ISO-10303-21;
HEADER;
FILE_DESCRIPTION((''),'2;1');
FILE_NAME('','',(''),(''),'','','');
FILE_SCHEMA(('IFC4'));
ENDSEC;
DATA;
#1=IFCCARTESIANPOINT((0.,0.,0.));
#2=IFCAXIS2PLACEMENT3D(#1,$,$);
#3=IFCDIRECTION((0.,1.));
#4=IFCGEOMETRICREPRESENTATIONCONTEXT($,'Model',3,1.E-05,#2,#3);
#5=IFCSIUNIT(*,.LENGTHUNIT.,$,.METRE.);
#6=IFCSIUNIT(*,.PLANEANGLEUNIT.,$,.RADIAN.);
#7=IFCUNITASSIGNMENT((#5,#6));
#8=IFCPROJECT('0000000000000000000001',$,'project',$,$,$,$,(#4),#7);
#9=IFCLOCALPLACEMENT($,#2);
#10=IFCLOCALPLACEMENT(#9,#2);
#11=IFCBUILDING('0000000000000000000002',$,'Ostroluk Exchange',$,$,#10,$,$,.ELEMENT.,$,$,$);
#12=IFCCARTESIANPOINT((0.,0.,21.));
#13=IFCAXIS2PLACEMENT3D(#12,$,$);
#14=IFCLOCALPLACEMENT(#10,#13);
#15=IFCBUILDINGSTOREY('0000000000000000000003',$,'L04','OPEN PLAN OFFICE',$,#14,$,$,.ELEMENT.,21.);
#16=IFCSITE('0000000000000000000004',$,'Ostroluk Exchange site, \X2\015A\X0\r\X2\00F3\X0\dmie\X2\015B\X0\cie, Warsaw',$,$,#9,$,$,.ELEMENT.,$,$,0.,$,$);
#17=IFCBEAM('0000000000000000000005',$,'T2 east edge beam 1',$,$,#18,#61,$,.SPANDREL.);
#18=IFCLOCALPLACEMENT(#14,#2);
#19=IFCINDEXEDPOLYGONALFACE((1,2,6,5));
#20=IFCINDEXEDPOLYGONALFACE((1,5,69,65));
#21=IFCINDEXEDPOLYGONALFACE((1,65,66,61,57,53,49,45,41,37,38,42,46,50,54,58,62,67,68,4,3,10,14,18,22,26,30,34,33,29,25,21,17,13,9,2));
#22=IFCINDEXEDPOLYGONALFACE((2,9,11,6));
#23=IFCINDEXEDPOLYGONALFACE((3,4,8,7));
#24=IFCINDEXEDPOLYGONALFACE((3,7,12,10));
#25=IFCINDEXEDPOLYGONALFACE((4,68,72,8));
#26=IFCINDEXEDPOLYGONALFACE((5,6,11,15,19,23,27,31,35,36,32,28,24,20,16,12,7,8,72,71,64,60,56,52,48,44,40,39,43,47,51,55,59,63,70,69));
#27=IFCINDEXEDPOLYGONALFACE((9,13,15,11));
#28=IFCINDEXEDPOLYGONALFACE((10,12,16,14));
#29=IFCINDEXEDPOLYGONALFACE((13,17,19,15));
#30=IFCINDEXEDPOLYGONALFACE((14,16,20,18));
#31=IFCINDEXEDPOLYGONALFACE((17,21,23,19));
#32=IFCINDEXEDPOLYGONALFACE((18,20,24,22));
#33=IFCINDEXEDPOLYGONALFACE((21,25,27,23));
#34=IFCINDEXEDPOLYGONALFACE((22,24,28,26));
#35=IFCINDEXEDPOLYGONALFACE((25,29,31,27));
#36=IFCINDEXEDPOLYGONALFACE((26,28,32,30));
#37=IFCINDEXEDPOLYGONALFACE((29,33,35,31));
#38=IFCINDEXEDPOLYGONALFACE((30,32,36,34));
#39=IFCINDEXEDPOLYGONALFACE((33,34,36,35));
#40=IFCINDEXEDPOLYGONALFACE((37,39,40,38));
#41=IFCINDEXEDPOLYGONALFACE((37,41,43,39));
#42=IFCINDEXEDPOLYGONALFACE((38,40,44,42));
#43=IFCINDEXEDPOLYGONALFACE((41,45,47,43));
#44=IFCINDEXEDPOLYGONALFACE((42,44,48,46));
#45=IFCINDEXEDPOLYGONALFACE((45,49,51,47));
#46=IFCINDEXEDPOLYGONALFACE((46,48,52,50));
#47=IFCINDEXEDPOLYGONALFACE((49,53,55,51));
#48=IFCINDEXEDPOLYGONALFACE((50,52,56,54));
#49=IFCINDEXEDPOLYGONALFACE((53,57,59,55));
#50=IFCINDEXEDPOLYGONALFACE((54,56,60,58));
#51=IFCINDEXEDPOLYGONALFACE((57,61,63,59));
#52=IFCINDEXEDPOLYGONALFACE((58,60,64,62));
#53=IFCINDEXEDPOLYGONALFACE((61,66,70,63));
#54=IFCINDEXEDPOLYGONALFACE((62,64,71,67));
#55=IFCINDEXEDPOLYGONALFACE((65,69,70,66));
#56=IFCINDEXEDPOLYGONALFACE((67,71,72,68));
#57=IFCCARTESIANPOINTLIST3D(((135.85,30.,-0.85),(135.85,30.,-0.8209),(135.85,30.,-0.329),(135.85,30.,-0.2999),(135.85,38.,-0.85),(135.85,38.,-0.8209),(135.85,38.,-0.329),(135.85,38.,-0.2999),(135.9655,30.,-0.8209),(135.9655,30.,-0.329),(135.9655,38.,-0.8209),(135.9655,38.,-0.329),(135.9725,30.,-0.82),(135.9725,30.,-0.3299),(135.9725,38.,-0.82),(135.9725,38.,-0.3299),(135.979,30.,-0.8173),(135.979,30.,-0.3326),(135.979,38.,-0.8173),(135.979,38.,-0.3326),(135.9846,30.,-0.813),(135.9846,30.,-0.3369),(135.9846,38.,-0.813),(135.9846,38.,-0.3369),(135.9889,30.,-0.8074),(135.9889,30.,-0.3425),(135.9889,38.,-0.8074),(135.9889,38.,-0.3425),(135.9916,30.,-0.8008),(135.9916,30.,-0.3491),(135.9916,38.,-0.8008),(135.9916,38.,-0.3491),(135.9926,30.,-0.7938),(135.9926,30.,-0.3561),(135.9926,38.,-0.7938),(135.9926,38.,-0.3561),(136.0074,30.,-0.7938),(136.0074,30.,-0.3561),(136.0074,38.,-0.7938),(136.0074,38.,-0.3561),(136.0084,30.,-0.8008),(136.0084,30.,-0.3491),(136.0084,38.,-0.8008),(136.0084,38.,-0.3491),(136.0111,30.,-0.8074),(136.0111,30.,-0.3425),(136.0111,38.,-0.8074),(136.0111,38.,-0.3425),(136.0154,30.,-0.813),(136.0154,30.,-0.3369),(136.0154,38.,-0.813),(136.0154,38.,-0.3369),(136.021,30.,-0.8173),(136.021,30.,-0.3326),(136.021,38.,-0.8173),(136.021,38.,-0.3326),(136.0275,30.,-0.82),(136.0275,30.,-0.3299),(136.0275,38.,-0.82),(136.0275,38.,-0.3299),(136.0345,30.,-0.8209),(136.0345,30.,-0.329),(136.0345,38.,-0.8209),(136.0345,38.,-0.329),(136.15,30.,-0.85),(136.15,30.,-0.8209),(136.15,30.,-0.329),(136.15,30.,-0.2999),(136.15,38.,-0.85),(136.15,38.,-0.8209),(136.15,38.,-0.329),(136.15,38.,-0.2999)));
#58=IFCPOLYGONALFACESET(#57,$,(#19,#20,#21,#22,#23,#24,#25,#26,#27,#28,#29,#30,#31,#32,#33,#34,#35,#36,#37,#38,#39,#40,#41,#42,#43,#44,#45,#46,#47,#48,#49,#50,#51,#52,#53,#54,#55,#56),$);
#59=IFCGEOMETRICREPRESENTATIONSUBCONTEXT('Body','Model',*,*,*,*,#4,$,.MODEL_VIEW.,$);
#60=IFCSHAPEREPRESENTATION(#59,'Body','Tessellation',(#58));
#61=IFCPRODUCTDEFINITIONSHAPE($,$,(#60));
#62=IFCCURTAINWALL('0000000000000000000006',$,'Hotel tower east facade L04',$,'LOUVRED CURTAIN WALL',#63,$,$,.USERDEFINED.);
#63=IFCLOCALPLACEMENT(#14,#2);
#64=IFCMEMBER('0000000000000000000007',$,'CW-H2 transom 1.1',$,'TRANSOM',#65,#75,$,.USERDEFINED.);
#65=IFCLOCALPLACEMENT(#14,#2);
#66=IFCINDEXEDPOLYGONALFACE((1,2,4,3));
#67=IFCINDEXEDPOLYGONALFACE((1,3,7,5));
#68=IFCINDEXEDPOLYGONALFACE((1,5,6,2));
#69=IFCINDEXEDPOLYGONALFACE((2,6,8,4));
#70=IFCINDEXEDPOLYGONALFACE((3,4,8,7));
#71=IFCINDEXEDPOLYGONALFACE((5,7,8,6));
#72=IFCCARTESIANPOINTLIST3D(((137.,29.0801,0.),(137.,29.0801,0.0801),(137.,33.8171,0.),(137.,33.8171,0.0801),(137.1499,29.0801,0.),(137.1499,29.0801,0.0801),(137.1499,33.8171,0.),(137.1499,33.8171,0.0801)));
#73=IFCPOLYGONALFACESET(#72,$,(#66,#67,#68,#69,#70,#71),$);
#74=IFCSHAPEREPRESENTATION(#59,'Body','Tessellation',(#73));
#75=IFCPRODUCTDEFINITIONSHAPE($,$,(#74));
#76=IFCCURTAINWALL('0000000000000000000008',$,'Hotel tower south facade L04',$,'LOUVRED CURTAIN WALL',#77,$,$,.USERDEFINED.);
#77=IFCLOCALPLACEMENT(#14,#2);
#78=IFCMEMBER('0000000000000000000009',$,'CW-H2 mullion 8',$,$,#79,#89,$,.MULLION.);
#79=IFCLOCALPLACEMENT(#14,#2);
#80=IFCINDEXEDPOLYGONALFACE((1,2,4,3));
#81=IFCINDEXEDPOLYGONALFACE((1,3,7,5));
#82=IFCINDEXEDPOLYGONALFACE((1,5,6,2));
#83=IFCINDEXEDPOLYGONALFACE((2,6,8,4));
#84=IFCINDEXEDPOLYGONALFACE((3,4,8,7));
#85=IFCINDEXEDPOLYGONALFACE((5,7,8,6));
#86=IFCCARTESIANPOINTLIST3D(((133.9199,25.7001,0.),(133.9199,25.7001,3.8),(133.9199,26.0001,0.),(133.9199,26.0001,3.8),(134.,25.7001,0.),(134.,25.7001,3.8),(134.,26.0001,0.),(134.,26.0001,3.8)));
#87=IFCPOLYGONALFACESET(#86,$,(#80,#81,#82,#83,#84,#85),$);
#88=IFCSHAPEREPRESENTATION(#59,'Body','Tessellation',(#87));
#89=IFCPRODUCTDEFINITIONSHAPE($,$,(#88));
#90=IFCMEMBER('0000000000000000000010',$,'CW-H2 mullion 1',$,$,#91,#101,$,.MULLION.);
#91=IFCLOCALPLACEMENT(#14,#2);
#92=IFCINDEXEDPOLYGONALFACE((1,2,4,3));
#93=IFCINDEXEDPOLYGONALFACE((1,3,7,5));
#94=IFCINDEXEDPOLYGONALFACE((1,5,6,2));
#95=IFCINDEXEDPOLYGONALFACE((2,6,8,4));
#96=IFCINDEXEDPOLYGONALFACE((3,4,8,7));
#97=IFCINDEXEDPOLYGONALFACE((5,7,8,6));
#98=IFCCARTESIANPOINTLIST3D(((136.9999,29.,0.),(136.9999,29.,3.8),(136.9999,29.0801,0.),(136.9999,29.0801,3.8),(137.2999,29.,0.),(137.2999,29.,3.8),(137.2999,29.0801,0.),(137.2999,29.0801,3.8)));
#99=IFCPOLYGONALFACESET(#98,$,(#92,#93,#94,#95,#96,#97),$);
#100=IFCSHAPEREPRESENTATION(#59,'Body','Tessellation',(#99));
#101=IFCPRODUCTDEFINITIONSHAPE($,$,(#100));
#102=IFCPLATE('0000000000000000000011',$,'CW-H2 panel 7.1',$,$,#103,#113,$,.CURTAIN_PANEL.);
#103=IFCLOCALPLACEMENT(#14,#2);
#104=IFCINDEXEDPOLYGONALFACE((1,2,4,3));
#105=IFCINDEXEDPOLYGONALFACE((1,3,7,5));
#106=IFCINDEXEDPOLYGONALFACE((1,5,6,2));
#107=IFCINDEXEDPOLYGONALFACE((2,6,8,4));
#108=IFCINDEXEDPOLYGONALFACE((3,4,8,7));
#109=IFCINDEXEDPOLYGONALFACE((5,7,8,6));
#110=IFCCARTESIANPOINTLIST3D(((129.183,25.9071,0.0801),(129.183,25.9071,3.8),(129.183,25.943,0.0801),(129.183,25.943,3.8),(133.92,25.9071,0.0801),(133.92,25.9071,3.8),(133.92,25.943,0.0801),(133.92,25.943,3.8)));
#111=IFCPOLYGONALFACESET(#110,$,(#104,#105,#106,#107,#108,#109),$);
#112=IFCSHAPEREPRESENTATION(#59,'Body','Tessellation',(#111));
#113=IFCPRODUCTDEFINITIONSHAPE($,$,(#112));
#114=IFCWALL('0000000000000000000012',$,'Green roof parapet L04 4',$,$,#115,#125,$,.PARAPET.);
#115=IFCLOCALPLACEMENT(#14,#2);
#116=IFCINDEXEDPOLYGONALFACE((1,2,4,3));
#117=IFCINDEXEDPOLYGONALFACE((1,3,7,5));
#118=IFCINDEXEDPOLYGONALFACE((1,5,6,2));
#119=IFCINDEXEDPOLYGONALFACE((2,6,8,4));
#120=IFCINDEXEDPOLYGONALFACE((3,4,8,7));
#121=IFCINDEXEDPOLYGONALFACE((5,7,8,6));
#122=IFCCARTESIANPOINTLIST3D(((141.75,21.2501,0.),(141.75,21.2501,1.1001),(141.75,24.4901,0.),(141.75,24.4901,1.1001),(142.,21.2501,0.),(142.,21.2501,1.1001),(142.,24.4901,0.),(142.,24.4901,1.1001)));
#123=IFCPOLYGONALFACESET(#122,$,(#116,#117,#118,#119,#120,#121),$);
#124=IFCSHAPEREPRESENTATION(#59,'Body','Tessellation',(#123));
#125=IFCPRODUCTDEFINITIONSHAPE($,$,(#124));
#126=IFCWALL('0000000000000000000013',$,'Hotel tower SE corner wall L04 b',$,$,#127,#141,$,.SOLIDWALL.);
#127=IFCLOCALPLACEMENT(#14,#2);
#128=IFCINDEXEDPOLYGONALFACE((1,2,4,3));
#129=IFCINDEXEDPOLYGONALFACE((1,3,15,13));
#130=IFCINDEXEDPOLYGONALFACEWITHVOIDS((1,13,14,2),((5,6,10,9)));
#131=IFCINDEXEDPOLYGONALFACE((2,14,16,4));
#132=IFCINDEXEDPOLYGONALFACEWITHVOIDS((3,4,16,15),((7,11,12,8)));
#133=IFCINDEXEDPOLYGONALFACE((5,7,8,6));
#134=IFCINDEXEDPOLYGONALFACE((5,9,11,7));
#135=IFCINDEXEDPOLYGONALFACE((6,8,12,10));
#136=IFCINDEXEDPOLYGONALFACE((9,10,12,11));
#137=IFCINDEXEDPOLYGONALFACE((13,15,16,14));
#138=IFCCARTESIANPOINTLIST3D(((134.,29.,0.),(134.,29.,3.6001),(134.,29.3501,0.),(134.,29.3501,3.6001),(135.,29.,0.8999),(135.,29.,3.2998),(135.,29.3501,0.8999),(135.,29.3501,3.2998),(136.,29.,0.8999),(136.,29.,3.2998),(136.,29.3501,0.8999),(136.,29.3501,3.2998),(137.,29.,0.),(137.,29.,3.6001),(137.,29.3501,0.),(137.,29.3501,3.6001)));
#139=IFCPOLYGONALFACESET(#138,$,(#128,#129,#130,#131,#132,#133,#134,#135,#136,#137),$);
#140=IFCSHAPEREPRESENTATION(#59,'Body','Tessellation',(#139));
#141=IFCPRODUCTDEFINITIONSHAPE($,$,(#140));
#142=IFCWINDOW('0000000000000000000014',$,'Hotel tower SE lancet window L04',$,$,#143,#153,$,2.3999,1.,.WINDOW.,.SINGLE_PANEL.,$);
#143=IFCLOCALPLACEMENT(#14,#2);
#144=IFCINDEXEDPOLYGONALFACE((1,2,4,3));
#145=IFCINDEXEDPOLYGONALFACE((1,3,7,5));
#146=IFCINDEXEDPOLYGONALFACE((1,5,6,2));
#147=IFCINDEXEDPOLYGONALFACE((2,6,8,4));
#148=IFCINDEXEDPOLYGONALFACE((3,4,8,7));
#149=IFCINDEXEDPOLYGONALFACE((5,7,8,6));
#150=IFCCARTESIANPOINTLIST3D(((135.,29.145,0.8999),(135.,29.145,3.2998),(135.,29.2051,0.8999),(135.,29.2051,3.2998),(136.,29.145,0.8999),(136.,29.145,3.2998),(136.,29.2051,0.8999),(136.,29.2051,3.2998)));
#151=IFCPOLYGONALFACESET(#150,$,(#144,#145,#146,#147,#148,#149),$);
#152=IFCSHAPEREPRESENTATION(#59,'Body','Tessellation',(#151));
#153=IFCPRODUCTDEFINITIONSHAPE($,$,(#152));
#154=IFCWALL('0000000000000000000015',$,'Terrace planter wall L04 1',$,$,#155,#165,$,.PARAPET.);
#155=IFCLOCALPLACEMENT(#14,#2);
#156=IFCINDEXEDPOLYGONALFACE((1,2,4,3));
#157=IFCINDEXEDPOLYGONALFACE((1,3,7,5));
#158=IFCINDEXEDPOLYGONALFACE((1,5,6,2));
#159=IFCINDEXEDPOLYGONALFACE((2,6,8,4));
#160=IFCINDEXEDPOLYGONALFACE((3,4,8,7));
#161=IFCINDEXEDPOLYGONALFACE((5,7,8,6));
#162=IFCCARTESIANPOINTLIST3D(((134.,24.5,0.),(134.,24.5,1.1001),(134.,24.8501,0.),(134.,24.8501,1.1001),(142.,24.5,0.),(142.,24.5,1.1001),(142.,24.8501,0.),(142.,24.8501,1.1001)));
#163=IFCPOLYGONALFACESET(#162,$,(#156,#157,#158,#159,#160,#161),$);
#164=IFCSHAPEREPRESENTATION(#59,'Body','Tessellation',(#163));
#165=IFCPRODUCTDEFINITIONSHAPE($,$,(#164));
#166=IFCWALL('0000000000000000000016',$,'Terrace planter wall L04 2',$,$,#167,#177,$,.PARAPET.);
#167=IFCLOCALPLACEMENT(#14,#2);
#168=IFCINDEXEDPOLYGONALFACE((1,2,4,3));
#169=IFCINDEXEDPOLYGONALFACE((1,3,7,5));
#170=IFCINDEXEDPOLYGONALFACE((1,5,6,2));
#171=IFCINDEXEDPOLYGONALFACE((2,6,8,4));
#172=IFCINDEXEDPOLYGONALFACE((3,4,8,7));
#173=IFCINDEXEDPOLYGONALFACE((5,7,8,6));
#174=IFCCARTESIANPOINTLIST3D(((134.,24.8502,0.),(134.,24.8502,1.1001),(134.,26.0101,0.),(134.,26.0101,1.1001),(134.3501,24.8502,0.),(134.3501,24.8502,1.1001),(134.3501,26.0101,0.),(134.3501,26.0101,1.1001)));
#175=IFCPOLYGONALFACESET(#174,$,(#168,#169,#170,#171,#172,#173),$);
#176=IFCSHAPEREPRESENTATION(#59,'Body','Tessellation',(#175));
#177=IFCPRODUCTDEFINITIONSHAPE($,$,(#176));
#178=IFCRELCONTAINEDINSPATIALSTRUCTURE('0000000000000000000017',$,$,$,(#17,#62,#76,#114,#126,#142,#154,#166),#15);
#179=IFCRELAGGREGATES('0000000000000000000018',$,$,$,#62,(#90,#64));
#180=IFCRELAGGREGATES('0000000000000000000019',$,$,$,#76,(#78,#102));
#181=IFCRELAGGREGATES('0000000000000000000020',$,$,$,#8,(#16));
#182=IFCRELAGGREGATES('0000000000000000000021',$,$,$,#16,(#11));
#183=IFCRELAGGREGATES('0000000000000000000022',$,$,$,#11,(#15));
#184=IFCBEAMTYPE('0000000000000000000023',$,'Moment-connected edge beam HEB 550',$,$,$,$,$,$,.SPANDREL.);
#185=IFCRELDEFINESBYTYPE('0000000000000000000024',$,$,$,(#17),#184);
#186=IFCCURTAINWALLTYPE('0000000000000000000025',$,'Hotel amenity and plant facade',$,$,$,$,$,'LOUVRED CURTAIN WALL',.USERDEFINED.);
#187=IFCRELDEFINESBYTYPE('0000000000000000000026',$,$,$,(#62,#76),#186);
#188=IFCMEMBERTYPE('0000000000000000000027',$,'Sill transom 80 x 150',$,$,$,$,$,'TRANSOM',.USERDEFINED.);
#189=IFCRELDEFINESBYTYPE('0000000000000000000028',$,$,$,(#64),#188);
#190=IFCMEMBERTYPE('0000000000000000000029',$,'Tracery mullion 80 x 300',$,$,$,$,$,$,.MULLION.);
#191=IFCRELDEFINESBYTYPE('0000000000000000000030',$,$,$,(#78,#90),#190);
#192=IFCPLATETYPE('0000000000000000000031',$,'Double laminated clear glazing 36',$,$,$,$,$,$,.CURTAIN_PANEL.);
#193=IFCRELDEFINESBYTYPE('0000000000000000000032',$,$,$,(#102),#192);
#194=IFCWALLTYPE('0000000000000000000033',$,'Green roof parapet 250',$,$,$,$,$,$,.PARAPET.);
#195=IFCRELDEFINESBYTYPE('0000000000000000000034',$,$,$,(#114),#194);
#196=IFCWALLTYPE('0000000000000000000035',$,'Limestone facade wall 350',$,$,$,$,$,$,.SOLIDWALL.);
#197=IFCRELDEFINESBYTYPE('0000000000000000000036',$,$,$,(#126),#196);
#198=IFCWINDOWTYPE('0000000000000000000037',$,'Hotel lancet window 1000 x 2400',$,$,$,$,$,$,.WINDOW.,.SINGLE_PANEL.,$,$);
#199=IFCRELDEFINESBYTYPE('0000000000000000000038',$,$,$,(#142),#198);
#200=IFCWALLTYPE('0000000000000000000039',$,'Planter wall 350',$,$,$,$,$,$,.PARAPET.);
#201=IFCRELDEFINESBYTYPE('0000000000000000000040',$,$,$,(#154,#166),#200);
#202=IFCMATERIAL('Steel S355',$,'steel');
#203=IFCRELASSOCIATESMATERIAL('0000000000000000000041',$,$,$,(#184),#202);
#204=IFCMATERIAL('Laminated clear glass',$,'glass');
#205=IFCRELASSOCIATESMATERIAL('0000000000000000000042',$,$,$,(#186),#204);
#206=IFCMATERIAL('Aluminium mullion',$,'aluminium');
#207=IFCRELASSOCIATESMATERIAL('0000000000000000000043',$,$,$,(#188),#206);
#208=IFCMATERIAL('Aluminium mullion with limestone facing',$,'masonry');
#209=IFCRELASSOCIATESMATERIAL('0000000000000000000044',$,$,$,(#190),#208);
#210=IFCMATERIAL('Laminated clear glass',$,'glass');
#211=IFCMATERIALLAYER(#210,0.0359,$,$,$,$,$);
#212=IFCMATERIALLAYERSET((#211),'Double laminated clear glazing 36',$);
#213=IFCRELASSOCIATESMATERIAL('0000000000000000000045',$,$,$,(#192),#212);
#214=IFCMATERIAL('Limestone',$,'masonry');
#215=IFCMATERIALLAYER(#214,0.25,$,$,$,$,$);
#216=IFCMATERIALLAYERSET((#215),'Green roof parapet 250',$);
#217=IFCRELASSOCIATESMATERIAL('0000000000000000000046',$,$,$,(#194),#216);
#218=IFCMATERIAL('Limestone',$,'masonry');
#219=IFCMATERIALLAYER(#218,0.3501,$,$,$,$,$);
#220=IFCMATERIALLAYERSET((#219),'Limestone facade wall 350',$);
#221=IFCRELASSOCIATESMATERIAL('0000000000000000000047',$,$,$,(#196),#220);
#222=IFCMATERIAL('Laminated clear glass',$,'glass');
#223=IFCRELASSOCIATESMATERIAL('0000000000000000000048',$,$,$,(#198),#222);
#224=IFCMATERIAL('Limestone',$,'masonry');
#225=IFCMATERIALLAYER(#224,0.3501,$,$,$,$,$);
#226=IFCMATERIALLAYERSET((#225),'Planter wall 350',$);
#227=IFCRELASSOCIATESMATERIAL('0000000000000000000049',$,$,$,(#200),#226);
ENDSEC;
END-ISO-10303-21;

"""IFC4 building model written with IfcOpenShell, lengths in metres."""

from ifc_helpers import new_model, si_unit, direction, frame, frame_2d, origin, origin_2d, place, context, subcontext, project, spatial, rectangle, i_section, extrude, material, layer, layer_set, material_profile, profile_set, type_object, element, fill, aggregate, save


model = new_model("IFC4")

# Units and contexts
model_context = context("Model", 3, precision=1e-05, world=origin(), true_north=direction((0.0, 1.0)))
body_context = subcontext(model_context, "Body", "Model", "MODEL_VIEW")
ifc_project = project(units=[si_unit("LENGTHUNIT", "METRE"), si_unit("PLANEANGLEUNIT", "RADIAN")], contexts=[model_context])

# Site, building, storey
site_placement = place(None, origin())
site = spatial("IfcSite", under=ifc_project, at=site_placement, Name="Ostroluk Exchange site, Śródmieście, Warsaw", CompositionType="ELEMENT", RefElevation=0.0)
building_placement = place(site_placement, origin())
building = spatial("IfcBuilding", under=site, at=building_placement, Name="Ostroluk Exchange", CompositionType="ELEMENT")
storey_placement = place(building_placement, frame((0.0, 0.0, 21.0)))
storey = spatial("IfcBuildingStorey", under=building, at=storey_placement, Name="L04", Description="OPEN PLAN OFFICE", CompositionType="ELEMENT", Elevation=21.0)

# Beam
ifc_material_1 = material(Name="Steel S355", Category="steel")
ifc_material_profile_1 = material_profile(ifc_material_1, i_section(OverallWidth=0.3, OverallDepth=0.55, WebThickness=0.0149, FlangeThickness=0.0291, FilletRadius=0.0271, at=origin_2d()), Name="HEB 550")
ifc_profile_set_1 = profile_set([ifc_material_profile_1], Name="Steel S355")
beam_type_1 = type_object("IfcBeamType", Name="Moment-connected edge beam HEB 550", PredefinedType="SPANDREL", material=ifc_profile_set_1)
beam_1_placement = place(storey_placement, frame((136.0, 30.0, -0.575), z_axis=(0.0, 1.0, 0.0), x_axis=(-1.0, 0.0, 0.0)))
element("IfcBeam", 1, at=beam_1_placement, inside=storey, type_object=beam_type_1, Name="T2 east edge beam 1", PredefinedType="SPANDREL", context=body_context, shape_type="SweptSolid", body=[
    extrude(i_section(OverallWidth=0.3, OverallDepth=0.55, WebThickness=0.0149, FlangeThickness=0.0291, FilletRadius=0.0271, at=origin_2d()), origin(), (0.0, 0.0, 1.0), 8.0),
])

# Curtain walls, members
ifc_material_2 = material(Name="Laminated clear glass", Category="glass")
curtain_wall_type = type_object("IfcCurtainWallType", Name="Hotel amenity and plant facade", ElementType="LOUVRED CURTAIN WALL", PredefinedType="USERDEFINED", material=ifc_material_2)
curtain_wall_1_placement = place(storey_placement, origin())
curtain_wall_1 = element("IfcCurtainWall", 2, at=curtain_wall_1_placement, inside=storey, type_object=curtain_wall_type, Name="Hotel tower east facade L04", ObjectType="LOUVRED CURTAIN WALL", PredefinedType="USERDEFINED")
ifc_material_3 = material(Name="Aluminium mullion", Category="aluminium")
ifc_material_profile_2 = material_profile(ifc_material_3, rectangle(XDim=0.1499, YDim=0.0801, at=origin_2d()), Name="Sill transom 80 x 150")
ifc_profile_set_2 = profile_set([ifc_material_profile_2], Name="Aluminium mullion")
member_type_1 = type_object("IfcMemberType", Name="Sill transom 80 x 150", ElementType="TRANSOM", PredefinedType="USERDEFINED", material=ifc_profile_set_2)
member_1_placement = place(storey_placement, frame((137.075, 29.0801, 0.04), z_axis=(0.0, 1.0, 0.0), x_axis=(-1.0, 0.0, 0.0)))
member_1 = element("IfcMember", 3, at=member_1_placement, type_object=member_type_1, Name="CW-H2 transom 1.1", ObjectType="TRANSOM", PredefinedType="USERDEFINED", context=body_context, shape_type="SweptSolid", body=[
    extrude(rectangle(XDim=0.1499, YDim=0.0801, at=origin_2d()), origin(), (0.0, 0.0, 1.0), 4.7371),
])
curtain_wall_2_placement = place(storey_placement, origin())
curtain_wall_2 = element("IfcCurtainWall", 4, at=curtain_wall_2_placement, inside=storey, type_object=curtain_wall_type, Name="Hotel tower south facade L04", ObjectType="LOUVRED CURTAIN WALL", PredefinedType="USERDEFINED")
ifc_material_4 = material(Name="Aluminium mullion with limestone facing", Category="masonry")
ifc_material_profile_3 = material_profile(ifc_material_4, rectangle(XDim=0.3, YDim=0.0801, at=origin_2d()), Name="Tracery mullion 80 x 300")
ifc_profile_set_3 = profile_set([ifc_material_profile_3], Name="Aluminium mullion with limestone facing")
member_type_2 = type_object("IfcMemberType", Name="Tracery mullion 80 x 300", PredefinedType="MULLION", material=ifc_profile_set_3)
member_2_placement = place(storey_placement, frame((133.96, 25.8501, 0.0), z_axis=(0.0, 0.0, 1.0), x_axis=(0.0, 1.0, 0.0)))
member_2 = element("IfcMember", 5, at=member_2_placement, type_object=member_type_2, Name="CW-H2 mullion 8", PredefinedType="MULLION", context=body_context, shape_type="SweptSolid", body=[
    extrude(rectangle(XDim=0.3, YDim=0.0801, at=origin_2d()), origin(), (0.0, 0.0, 1.0), 3.8),
])

# Member
member_3_placement = place(storey_placement, frame((137.1499, 29.04, 0.0), z_axis=(0.0, 0.0, 1.0), x_axis=(-1.0, 0.0, 0.0)))
member_3 = element("IfcMember", 6, at=member_3_placement, type_object=member_type_2, Name="CW-H2 mullion 1", PredefinedType="MULLION", context=body_context, shape_type="SweptSolid", body=[
    extrude(rectangle(XDim=0.3, YDim=0.0801, at=origin_2d()), origin(), (0.0, 0.0, 1.0), 3.8),
])
aggregate(curtain_wall_1, [member_3, member_1])

# Plate
ifc_material_5 = material(Name="Laminated clear glass", Category="glass")
ifc_layer_1 = layer(ifc_material_5, 0.0359)
ifc_layer_set_1 = layer_set([ifc_layer_1], Name="Double laminated clear glazing 36")
plate_type = type_object("IfcPlateType", Name="Double laminated clear glazing 36", PredefinedType="CURTAIN_PANEL", material=ifc_layer_set_1)
plate_placement = place(storey_placement, frame((131.5515, 25.925, 0.0801), z_axis=(0.0, 0.0, 1.0), x_axis=(1.0, 0.0, 0.0)))
plate = element("IfcPlate", 7, at=plate_placement, type_object=plate_type, Name="CW-H2 panel 7.1", PredefinedType="CURTAIN_PANEL", context=body_context, shape_type="SweptSolid", body=[
    extrude(rectangle(XDim=4.7371, YDim=0.0359, at=origin_2d()), origin(), (0.0, 0.0, 1.0), 3.72),
])
aggregate(curtain_wall_2, [member_2, plate])

# Wall
ifc_material_6 = material(Name="Limestone", Category="masonry")
ifc_layer_2 = layer(ifc_material_6, 0.25)
ifc_layer_set_2 = layer_set([ifc_layer_2], Name="Green roof parapet 250")
wall_type_1 = type_object("IfcWallType", Name="Green roof parapet 250", PredefinedType="PARAPET", material=ifc_layer_set_2)
wall_1_placement = place(storey_placement, frame((141.875, 21.25, 0.0), z_axis=(0.0, 0.0, 1.0), x_axis=(0.0, 1.0, 0.0)))
element("IfcWall", 8, at=wall_1_placement, inside=storey, type_object=wall_type_1, Name="Green roof parapet L04 4", PredefinedType="PARAPET", context=body_context, shape_type="SweptSolid", body=[
    extrude(rectangle(XDim=3.24, YDim=0.25, at=frame_2d((1.6201, 0.0))), origin(), (0.0, 0.0, 1.0), 1.1001),
])

# Shared definitions
ifc_material_7 = material(Name="Limestone", Category="masonry")
ifc_layer_3 = layer(ifc_material_7, 0.3501)
ifc_layer_set_3 = layer_set([ifc_layer_3], Name="Limestone facade wall 350")
wall_type_2 = type_object("IfcWallType", Name="Limestone facade wall 350", PredefinedType="SOLIDWALL", material=ifc_layer_set_3)

# Wall, opening, window
wall_2_placement = place(storey_placement, frame((134.0, 29.175, 0.0), z_axis=(0.0, 0.0, 1.0), x_axis=(1.0, 0.0, 0.0)))
wall_2 = element("IfcWall", 9, at=wall_2_placement, inside=storey, type_object=wall_type_2, Name="Hotel tower SE corner wall L04 b", PredefinedType="SOLIDWALL", context=body_context, shape_type="SweptSolid", body=[
    extrude(rectangle(XDim=3.0, YDim=0.3501, at=frame_2d((1.5, 0.0))), origin(), (0.0, 0.0, 1.0), 3.6001),
])
opening_1_placement = place(wall_2_placement, frame((1.0, 0.0, 0.8999)))
opening_1 = element("IfcOpeningElement", 10, at=opening_1_placement, cuts=wall_2, PredefinedType="OPENING", context=body_context, shape_type="SweptSolid", body=[
    extrude(rectangle(XDim=1.0, YDim=2.3999, at=frame_2d((0.5, 1.2))), frame((0.0, 0.1851, 0.0), z_axis=(0.0, -1.0, 0.0), x_axis=(1.0, 0.0, 0.0)), (0.0, 0.0, 1.0), 0.3701),
])
ifc_material_8 = material(Name="Laminated clear glass", Category="glass")
window_type = type_object("IfcWindowType", Name="Hotel lancet window 1000 x 2400", PartitioningType="SINGLE_PANEL", PredefinedType="WINDOW", material=ifc_material_8)
window_placement = place(opening_1_placement, origin())
window = element("IfcWindow", 11, at=window_placement, inside=storey, type_object=window_type, Name="Hotel tower SE lancet window L04", OverallHeight=2.3999, OverallWidth=1.0, PartitioningType="SINGLE_PANEL", PredefinedType="WINDOW", context=body_context, shape_type="SweptSolid", body=[
    extrude(rectangle(XDim=1.0, YDim=2.3999, at=frame_2d((0.5, 1.2))), frame((0.0, 0.03, 0.0), z_axis=(0.0, -1.0, 0.0), x_axis=(1.0, 0.0, 0.0)), (0.0, 0.0, 1.0), 0.0601),
])
fill(opening_1, window)

# Walls
ifc_material_9 = material(Name="Limestone", Category="masonry")
ifc_layer_4 = layer(ifc_material_9, 0.3501)
ifc_layer_set_4 = layer_set([ifc_layer_4], Name="Planter wall 350")
wall_type_3 = type_object("IfcWallType", Name="Planter wall 350", PredefinedType="PARAPET", material=ifc_layer_set_4)
wall_3_placement = place(storey_placement, frame((134.0, 24.675, 0.0), z_axis=(0.0, 0.0, 1.0), x_axis=(1.0, 0.0, 0.0)))
element("IfcWall", 12, at=wall_3_placement, inside=storey, type_object=wall_type_3, Name="Terrace planter wall L04 1", PredefinedType="PARAPET", context=body_context, shape_type="SweptSolid", body=[
    extrude(rectangle(XDim=8.0, YDim=0.3501, at=frame_2d((4.0, 0.0))), origin(), (0.0, 0.0, 1.0), 1.1001),
])
wall_4_placement = place(storey_placement, frame((134.175, 24.8501, 0.0), z_axis=(0.0, 0.0, 1.0), x_axis=(0.0, 1.0, 0.0)))
element("IfcWall", 13, at=wall_4_placement, inside=storey, type_object=wall_type_3, Name="Terrace planter wall L04 2", PredefinedType="PARAPET", context=body_context, shape_type="SweptSolid", body=[
    extrude(rectangle(XDim=1.1599, YDim=0.3501, at=frame_2d((0.5801, 0.0))), origin(), (0.0, 0.0, 1.0), 1.1001),
])

save(model, "model.ifc")
